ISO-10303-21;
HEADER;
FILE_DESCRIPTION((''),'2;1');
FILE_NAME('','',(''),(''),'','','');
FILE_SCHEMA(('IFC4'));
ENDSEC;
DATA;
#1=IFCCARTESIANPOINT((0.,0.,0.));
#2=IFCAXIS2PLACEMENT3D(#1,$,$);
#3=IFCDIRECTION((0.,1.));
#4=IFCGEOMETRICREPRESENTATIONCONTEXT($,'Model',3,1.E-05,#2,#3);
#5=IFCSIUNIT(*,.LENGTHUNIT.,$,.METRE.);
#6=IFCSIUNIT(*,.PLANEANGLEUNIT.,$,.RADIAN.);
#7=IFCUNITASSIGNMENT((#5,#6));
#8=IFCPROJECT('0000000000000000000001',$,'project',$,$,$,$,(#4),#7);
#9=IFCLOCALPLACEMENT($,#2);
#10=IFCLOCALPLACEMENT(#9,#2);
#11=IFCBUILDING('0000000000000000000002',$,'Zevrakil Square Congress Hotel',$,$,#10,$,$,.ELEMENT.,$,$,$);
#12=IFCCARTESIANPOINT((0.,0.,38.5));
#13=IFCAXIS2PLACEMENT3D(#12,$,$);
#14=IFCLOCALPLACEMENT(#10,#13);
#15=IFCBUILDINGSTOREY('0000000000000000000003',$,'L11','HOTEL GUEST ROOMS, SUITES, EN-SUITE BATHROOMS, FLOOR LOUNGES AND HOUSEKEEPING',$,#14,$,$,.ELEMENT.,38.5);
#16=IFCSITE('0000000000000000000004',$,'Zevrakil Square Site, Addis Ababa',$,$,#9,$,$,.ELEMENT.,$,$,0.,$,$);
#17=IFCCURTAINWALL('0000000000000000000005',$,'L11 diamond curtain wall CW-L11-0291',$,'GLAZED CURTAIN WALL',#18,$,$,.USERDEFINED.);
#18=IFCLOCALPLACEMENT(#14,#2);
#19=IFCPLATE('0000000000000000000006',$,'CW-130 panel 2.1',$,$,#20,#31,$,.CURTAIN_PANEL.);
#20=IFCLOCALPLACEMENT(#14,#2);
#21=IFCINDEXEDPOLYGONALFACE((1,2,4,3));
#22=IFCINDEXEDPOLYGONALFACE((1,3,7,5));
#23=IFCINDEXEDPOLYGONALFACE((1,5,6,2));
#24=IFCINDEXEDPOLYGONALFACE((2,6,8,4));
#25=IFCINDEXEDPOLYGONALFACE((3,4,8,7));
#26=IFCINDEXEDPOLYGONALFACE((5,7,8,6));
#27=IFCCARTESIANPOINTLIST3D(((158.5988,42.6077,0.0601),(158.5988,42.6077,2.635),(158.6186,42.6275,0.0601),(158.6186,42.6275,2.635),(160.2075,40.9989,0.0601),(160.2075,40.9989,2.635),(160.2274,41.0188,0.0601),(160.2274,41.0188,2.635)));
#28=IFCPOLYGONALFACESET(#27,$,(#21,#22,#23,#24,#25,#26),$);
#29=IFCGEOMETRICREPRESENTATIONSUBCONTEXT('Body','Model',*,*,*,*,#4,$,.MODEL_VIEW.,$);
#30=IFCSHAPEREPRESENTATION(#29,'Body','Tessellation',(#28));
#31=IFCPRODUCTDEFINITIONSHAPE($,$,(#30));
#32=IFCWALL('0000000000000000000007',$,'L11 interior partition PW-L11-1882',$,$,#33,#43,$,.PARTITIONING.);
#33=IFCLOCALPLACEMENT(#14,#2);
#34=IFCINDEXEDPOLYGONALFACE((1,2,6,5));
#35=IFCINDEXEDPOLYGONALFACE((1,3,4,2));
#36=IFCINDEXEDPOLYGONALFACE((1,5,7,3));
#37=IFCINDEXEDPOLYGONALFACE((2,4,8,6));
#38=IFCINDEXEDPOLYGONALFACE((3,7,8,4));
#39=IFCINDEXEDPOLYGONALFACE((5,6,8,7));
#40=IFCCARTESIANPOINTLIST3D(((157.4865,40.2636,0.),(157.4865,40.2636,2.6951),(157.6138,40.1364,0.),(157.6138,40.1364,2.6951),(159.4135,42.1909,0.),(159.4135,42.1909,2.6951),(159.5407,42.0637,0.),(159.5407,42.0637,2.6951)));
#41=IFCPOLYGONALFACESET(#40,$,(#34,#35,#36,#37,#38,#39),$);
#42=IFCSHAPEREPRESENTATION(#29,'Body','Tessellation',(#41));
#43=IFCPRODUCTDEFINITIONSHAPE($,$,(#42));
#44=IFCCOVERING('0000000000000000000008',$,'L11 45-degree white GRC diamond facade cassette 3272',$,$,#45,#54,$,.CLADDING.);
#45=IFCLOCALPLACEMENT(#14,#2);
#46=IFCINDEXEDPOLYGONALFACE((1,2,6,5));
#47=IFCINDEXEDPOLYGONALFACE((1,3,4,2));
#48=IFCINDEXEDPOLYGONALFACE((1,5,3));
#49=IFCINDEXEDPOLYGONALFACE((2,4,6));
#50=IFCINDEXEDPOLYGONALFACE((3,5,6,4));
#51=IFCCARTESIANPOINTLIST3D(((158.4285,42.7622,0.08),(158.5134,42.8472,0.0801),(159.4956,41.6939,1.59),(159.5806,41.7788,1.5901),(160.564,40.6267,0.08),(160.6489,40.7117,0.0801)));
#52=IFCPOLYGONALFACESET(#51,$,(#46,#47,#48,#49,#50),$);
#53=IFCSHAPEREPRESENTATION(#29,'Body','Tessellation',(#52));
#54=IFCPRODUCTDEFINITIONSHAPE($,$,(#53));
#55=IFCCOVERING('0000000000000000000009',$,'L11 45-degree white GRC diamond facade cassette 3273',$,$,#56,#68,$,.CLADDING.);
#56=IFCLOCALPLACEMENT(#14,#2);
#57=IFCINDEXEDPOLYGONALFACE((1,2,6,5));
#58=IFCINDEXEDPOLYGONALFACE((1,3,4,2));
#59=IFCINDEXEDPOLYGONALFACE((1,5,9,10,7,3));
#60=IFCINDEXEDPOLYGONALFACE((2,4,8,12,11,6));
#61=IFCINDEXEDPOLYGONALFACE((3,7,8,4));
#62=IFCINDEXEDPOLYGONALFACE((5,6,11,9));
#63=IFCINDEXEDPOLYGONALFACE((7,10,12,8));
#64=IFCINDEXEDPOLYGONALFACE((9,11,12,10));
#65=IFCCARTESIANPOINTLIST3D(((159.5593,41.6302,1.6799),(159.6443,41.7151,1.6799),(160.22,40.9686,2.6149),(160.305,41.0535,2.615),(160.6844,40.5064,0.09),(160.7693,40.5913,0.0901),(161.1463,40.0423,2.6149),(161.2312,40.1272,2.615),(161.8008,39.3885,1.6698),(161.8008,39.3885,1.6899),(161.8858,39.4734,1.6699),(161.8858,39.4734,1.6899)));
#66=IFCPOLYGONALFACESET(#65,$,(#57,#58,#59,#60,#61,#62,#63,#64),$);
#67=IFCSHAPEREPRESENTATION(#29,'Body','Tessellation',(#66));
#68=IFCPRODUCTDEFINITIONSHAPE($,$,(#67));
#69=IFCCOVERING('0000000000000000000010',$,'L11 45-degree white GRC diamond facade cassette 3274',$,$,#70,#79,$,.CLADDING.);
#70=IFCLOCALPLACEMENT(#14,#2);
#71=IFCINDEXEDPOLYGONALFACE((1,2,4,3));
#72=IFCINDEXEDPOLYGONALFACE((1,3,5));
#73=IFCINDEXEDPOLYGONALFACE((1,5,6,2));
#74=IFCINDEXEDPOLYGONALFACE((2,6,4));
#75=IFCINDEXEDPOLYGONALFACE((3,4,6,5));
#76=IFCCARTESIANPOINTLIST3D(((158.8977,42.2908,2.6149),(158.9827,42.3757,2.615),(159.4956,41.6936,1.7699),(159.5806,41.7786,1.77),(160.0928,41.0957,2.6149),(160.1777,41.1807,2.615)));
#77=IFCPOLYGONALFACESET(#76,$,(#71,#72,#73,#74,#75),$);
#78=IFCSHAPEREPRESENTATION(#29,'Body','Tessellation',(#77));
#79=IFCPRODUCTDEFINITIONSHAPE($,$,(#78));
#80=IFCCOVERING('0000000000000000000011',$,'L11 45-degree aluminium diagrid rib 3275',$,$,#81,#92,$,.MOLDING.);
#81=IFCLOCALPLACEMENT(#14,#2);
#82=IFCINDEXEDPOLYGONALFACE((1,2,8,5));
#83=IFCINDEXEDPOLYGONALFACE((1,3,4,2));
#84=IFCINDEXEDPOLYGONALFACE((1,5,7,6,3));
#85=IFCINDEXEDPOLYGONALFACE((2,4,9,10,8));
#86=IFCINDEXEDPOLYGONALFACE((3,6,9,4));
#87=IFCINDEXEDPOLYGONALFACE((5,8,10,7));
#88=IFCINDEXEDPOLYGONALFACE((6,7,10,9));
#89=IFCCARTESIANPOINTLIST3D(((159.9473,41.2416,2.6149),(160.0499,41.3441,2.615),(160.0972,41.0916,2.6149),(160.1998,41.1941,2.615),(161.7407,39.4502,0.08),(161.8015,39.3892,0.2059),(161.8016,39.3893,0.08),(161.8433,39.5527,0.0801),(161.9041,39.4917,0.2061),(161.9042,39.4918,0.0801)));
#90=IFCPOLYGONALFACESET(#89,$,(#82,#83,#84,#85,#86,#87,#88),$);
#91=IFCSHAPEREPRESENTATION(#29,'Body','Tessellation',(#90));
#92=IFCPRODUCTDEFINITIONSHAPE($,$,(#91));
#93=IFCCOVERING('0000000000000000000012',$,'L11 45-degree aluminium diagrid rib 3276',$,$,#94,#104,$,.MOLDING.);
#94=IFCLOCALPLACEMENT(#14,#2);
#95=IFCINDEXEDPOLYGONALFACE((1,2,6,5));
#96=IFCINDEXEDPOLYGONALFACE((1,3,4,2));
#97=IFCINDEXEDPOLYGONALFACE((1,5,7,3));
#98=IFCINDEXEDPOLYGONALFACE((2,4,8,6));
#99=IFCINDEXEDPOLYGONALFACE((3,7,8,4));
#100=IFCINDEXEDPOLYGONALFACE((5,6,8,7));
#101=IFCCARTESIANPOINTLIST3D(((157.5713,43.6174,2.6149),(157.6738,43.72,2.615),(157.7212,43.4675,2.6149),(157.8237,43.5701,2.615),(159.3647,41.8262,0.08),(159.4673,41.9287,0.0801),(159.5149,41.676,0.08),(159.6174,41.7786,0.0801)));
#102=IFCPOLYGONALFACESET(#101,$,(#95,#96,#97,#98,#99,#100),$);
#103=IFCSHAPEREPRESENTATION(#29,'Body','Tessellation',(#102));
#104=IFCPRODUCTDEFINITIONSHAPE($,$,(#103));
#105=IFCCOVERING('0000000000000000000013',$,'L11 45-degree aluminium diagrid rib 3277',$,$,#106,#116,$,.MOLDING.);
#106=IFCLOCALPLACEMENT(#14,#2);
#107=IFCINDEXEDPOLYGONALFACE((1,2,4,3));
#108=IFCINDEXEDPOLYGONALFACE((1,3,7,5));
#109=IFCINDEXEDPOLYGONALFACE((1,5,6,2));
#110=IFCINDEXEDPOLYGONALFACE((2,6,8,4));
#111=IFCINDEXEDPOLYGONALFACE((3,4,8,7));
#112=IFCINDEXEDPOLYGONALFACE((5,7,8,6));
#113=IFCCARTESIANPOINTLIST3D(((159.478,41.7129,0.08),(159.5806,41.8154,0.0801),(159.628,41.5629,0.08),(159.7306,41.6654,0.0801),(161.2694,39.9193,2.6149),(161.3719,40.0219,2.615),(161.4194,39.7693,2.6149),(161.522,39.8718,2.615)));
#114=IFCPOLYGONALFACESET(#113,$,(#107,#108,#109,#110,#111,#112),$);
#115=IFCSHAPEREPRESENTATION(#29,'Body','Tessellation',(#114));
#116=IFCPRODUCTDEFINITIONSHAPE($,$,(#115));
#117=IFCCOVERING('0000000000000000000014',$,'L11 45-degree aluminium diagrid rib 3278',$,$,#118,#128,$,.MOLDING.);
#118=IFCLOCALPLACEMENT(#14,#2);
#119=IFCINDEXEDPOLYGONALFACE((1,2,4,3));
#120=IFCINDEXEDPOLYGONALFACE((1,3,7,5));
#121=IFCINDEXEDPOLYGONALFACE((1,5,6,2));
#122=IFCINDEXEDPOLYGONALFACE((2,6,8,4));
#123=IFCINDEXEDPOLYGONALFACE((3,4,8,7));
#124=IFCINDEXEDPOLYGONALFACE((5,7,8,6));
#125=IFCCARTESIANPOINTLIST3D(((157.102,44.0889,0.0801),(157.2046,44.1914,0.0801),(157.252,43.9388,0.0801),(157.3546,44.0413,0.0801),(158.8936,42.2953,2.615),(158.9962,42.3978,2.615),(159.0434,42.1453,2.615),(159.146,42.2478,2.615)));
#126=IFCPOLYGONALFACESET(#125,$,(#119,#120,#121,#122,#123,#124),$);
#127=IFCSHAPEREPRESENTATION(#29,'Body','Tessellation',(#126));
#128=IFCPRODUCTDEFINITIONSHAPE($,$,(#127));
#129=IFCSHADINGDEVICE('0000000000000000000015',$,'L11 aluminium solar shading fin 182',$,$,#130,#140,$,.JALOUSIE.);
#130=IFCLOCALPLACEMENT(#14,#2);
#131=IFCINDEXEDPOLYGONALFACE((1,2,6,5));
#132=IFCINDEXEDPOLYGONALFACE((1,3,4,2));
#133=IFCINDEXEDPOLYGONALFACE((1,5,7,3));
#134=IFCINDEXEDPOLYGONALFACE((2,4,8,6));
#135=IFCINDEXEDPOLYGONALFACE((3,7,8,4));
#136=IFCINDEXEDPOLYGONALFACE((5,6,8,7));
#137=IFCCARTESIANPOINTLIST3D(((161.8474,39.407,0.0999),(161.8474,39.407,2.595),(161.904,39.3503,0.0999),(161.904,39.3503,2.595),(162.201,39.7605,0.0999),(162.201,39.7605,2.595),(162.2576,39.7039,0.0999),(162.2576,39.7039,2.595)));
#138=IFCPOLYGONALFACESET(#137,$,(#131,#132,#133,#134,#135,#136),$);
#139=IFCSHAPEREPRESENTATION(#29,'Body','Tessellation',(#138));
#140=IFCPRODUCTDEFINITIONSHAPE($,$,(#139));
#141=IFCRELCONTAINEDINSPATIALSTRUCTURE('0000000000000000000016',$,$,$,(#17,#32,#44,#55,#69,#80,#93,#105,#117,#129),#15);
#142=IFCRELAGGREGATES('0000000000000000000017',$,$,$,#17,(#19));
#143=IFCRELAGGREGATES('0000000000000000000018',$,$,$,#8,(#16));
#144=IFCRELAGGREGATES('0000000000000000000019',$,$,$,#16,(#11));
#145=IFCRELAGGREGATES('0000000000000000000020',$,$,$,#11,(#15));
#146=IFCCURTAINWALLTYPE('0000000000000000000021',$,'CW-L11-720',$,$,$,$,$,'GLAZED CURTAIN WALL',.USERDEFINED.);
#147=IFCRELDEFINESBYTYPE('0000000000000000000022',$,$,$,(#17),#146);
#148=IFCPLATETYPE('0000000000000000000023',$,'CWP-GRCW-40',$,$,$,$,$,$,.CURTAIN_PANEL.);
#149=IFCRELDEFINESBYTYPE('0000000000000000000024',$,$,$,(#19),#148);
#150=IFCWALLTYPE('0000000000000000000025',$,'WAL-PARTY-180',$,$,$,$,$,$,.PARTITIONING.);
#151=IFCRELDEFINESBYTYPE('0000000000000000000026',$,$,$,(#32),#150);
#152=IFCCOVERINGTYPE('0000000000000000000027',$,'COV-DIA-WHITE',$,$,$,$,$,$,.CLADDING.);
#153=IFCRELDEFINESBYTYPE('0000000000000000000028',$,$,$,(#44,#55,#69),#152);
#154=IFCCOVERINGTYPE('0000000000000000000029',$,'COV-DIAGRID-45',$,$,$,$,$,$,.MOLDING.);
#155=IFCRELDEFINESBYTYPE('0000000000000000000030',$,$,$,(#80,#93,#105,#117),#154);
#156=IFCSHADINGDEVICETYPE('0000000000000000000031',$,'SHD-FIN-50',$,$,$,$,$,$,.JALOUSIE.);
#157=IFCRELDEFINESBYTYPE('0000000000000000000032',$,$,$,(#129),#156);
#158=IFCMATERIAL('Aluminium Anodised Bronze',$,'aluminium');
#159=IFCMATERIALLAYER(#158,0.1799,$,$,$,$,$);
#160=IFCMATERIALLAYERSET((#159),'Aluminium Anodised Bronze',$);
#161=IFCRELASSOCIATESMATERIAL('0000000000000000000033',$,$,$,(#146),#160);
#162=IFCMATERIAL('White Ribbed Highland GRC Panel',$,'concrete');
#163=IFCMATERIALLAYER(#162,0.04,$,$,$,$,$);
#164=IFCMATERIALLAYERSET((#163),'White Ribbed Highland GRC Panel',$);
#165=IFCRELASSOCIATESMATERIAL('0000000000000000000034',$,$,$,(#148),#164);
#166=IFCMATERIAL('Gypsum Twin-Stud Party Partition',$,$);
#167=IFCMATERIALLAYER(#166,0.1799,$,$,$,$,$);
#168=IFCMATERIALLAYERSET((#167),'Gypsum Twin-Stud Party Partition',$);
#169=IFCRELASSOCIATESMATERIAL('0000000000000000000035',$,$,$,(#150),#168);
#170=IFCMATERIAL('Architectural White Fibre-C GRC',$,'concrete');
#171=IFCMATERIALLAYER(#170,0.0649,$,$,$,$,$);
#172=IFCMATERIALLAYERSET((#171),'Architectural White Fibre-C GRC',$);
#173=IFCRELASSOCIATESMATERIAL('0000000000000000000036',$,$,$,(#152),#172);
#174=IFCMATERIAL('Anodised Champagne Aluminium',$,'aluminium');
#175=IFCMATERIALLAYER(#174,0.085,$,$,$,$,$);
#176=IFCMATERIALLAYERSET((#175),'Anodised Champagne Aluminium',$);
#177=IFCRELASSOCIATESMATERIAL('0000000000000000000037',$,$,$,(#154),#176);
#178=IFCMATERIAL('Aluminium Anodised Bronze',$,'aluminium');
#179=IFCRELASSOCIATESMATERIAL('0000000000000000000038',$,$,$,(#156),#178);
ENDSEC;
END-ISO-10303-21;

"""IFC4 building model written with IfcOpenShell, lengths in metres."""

from ifc_helpers import new_model, si_unit, direction, frame, frame_2d, origin, origin_2d, place, context, subcontext, project, spatial, polyline, rectangle, outline, extrude, material, layer, layer_set, type_object, element, aggregate, save


model = new_model("IFC4")

# Units and contexts
model_context = context("Model", 3, precision=1e-05, world=origin(), true_north=direction((0.0, 1.0)))
body_context = subcontext(model_context, "Body", "Model", "MODEL_VIEW")
ifc_project = project(units=[si_unit("LENGTHUNIT", "METRE"), si_unit("PLANEANGLEUNIT", "RADIAN")], contexts=[model_context])

# Site, building, storey
site_placement = place(None, origin())
site = spatial("IfcSite", under=ifc_project, at=site_placement, Name="Zevrakil Square Site, Addis Ababa", CompositionType="ELEMENT", RefElevation=0.0)
building_placement = place(site_placement, origin())
building = spatial("IfcBuilding", under=site, at=building_placement, Name="Zevrakil Square Congress Hotel", CompositionType="ELEMENT")
storey_placement = place(building_placement, frame((0.0, 0.0, 38.5)))
storey = spatial("IfcBuildingStorey", under=building, at=storey_placement, Name="L11", Description="HOTEL GUEST ROOMS, SUITES, EN-SUITE BATHROOMS, FLOOR LOUNGES AND HOUSEKEEPING", CompositionType="ELEMENT", Elevation=38.5)

# Curtain wall
ifc_material_1 = material(Name="Aluminium Anodised Bronze", Category="aluminium")
ifc_layer_1 = layer(ifc_material_1, 0.1799)
ifc_layer_set_1 = layer_set([ifc_layer_1], Name="Aluminium Anodised Bronze")
curtain_wall_type = type_object("IfcCurtainWallType", Name="CW-L11-720", ElementType="GLAZED CURTAIN WALL", PredefinedType="USERDEFINED", material=ifc_layer_set_1)
curtain_wall_1_placement = place(storey_placement, origin())
curtain_wall_1 = element("IfcCurtainWall", 1, at=curtain_wall_1_placement, inside=storey, type_object=curtain_wall_type, Name="L11 diamond curtain wall CW-L11-0291", ObjectType="GLAZED CURTAIN WALL", PredefinedType="USERDEFINED")

# Plate
ifc_material_2 = material(Name="White Ribbed Highland GRC Panel", Category="concrete")
ifc_layer_2 = layer(ifc_material_2, 0.04)
ifc_layer_set_2 = layer_set([ifc_layer_2], Name="White Ribbed Highland GRC Panel")
plate_type_1 = type_object("IfcPlateType", Name="CWP-GRCW-40", PredefinedType="CURTAIN_PANEL", material=ifc_layer_set_2)
plate_1_placement = place(storey_placement, frame((159.4131, 41.8132, 0.0601), z_axis=(0.0, 0.0, 1.0), x_axis=(-0.707107, 0.707107, 0.0)))
plate_1 = element("IfcPlate", 2, at=plate_1_placement, type_object=plate_type_1, Name="CW-130 panel 2.1", PredefinedType="CURTAIN_PANEL", context=body_context, shape_type="SweptSolid", body=[
    extrude(rectangle(XDim=2.2751, YDim=0.0281, at=origin_2d()), origin(), (0.0, 0.0, 1.0), 2.575),
])
aggregate(curtain_wall_1, [plate_1])

# Wall
ifc_material_3 = material(Name="Gypsum Twin-Stud Party Partition")
ifc_layer_3 = layer(ifc_material_3, 0.1799)
ifc_layer_set_3 = layer_set([ifc_layer_3], Name="Gypsum Twin-Stud Party Partition")
wall_type = type_object("IfcWallType", Name="WAL-PARTY-180", PredefinedType="PARTITIONING", material=ifc_layer_set_3)
wall_placement = place(storey_placement, frame((157.55, 40.2, 0.0), z_axis=(0.0, 0.0, 1.0), x_axis=(0.707062, 0.707152, 0.0)))
element("IfcWall", 3, at=wall_placement, inside=storey, type_object=wall_type, Name="L11 interior partition PW-L11-1882", PredefinedType="PARTITIONING", context=body_context, shape_type="SweptSolid", body=[
    extrude(rectangle(XDim=2.7253, YDim=0.1799, at=frame_2d((1.3628, 0.0))), origin(), (0.0, 0.0, 1.0), 2.6951),
])

# Coverings
ifc_material_4 = material(Name="Architectural White Fibre-C GRC", Category="concrete")
ifc_layer_4 = layer(ifc_material_4, 0.0649)
ifc_layer_set_4 = layer_set([ifc_layer_4], Name="Architectural White Fibre-C GRC")
covering_type_1 = type_object("IfcCoveringType", Name="COV-DIA-WHITE", PredefinedType="CLADDING", material=ifc_layer_set_4)
covering_1_placement = place(storey_placement, frame((159.5806, 41.7788, 1.5901), z_axis=(0.707107, 0.707107, 0.000572), x_axis=(-0.499717, 0.500288, -0.707103)))
element("IfcCovering", 4, at=covering_1_placement, inside=storey, type_object=covering_type_1, Name="L11 45-degree white GRC diamond facade cassette 3272", PredefinedType="CLADDING", context=body_context, shape_type="SweptSolid", body=[
    extrude(outline(polyline([(0.0, 0.0), (2.1355, 0.0), (0.0, -2.1355), (0.0, 0.0)])), origin(), (0.0, 0.0, -1.0), 0.1201),
])
covering_2_placement = place(storey_placement, frame((159.6443, 41.7151, 1.6799), z_axis=(0.70714, 0.707073, 0.000618), x_axis=(0.50033, -0.499759, -0.707044)))
element("IfcCovering", 5, at=covering_2_placement, inside=storey, type_object=covering_type_1, Name="L11 45-degree white GRC diamond facade cassette 3273", PredefinedType="CLADDING", context=body_context, shape_type="SweptSolid", body=[
    extrude(outline(polyline([(0.0, 0.0), (2.2486, 0.0), (2.2489, -2.2343), (2.2347, -2.2485), (0.9264, -2.2485), (0.0001, -1.3223), (0.0, 0.0)])), origin(), (0.0, 0.0, -1.0), 0.1201),
])
covering_3_placement = place(storey_placement, frame((159.5806, 41.7786, 1.77), z_axis=(0.707107, 0.707107, 0.000613), x_axis=(0.499714, -0.500327, 0.707077)))
element("IfcCovering", 6, at=covering_3_placement, inside=storey, type_object=covering_type_1, Name="L11 45-degree white GRC diamond facade cassette 3274", PredefinedType="CLADDING", context=body_context, shape_type="SweptSolid", body=[
    extrude(outline(polyline([(0.0, 0.0), (1.195, 0.0), (-0.0001, -1.195), (0.0, 0.0)])), origin(), (0.0, 0.0, -1.0), 0.1201),
])
ifc_material_5 = material(Name="Anodised Champagne Aluminium", Category="aluminium")
ifc_layer_5 = layer(ifc_material_5, 0.085)
ifc_layer_set_5 = layer_set([ifc_layer_5], Name="Anodised Champagne Aluminium")
covering_type_2 = type_object("IfcCoveringType", Name="COV-DIAGRID-45", PredefinedType="MOLDING", material=ifc_layer_set_5)
covering_4_placement = place(storey_placement, frame((161.8433, 39.5527, 0.0801), z_axis=(0.707283, 0.706931, 0.000816), x_axis=(0.706931, -0.707283, 0.000001)))
element("IfcCovering", 7, at=covering_4_placement, inside=storey, type_object=covering_type_2, Name="L11 45-degree aluminium diagrid rib 3275", PredefinedType="MOLDING", context=body_context, shape_type="SweptSolid", body=[
    extrude(outline(polyline([(0.0, 0.0), (0.0861, 0.0), (0.0861, -0.126), (-2.3228, -2.5349), (-2.5348, -2.5349), (0.0, 0.0)])), origin(), (0.0, 0.0, -1.0), 0.145),
])
covering_5_placement = place(storey_placement, frame((159.4673, 41.9287, 0.0801), z_axis=(0.707107, 0.707107, 0.000613), x_axis=(0.707107, -0.707107, 0.0)))
element("IfcCovering", 8, at=covering_5_placement, inside=storey, type_object=covering_type_2, Name="L11 45-degree aluminium diagrid rib 3276", PredefinedType="MOLDING", context=body_context, shape_type="SweptSolid", body=[
    extrude(outline(polyline([(0.0, 0.0), (0.2123, 0.0), (-2.3228, -2.5349), (-2.5348, -2.5349), (0.0, 0.0)])), origin(), (0.0, 0.0, -1.0), 0.145),
])
covering_6_placement = place(storey_placement, frame((161.522, 39.8718, 2.615), z_axis=(0.707107, 0.707107, 0.000613), x_axis=(-0.707107, 0.707107, 0.0)))
element("IfcCovering", 9, at=covering_6_placement, inside=storey, type_object=covering_type_2, Name="L11 45-degree aluminium diagrid rib 3277", PredefinedType="MOLDING", context=body_context, shape_type="SweptSolid", body=[
    extrude(outline(polyline([(0.0, 0.0), (0.2122, 0.0), (2.7471, -2.5349), (2.5349, -2.5349), (0.0, 0.0)])), origin(), (0.0, 0.0, -1.0), 0.145),
])
covering_7_placement = place(storey_placement, frame((159.146, 42.2478, 2.615), z_axis=(0.707395, 0.706819, 0.000172), x_axis=(-0.706819, 0.707395, 0.0)))
element("IfcCovering", 10, at=covering_7_placement, inside=storey, type_object=covering_type_2, Name="L11 45-degree aluminium diagrid rib 3278", PredefinedType="MOLDING", context=body_context, shape_type="SweptSolid", body=[
    extrude(outline(polyline([(0.0, 0.0), (0.212, 0.0), (2.7471, -2.5349), (2.535, -2.5349), (0.0, 0.0)])), origin(), (0.0, 0.0, -1.0), 0.145),
])

# Shading device
ifc_material_6 = material(Name="Aluminium Anodised Bronze", Category="aluminium")
shading_device_type = type_object("IfcShadingDeviceType", Name="SHD-FIN-50", PredefinedType="JALOUSIE", material=ifc_material_6)
shading_device_placement = place(storey_placement, frame((162.0525, 39.5554, 0.0999), z_axis=(0.0, 0.0, 1.0), x_axis=(0.707107, 0.707107, 0.0)))
element("IfcShadingDevice", 11, at=shading_device_placement, inside=storey, type_object=shading_device_type, Name="L11 aluminium solar shading fin 182", PredefinedType="JALOUSIE", context=body_context, shape_type="SweptSolid", body=[
    extrude(rectangle(XDim=0.5, YDim=0.0801, at=origin_2d()), origin(), (0.0, 0.0, 1.0), 2.4951),
])

save(model, "model.ifc")
